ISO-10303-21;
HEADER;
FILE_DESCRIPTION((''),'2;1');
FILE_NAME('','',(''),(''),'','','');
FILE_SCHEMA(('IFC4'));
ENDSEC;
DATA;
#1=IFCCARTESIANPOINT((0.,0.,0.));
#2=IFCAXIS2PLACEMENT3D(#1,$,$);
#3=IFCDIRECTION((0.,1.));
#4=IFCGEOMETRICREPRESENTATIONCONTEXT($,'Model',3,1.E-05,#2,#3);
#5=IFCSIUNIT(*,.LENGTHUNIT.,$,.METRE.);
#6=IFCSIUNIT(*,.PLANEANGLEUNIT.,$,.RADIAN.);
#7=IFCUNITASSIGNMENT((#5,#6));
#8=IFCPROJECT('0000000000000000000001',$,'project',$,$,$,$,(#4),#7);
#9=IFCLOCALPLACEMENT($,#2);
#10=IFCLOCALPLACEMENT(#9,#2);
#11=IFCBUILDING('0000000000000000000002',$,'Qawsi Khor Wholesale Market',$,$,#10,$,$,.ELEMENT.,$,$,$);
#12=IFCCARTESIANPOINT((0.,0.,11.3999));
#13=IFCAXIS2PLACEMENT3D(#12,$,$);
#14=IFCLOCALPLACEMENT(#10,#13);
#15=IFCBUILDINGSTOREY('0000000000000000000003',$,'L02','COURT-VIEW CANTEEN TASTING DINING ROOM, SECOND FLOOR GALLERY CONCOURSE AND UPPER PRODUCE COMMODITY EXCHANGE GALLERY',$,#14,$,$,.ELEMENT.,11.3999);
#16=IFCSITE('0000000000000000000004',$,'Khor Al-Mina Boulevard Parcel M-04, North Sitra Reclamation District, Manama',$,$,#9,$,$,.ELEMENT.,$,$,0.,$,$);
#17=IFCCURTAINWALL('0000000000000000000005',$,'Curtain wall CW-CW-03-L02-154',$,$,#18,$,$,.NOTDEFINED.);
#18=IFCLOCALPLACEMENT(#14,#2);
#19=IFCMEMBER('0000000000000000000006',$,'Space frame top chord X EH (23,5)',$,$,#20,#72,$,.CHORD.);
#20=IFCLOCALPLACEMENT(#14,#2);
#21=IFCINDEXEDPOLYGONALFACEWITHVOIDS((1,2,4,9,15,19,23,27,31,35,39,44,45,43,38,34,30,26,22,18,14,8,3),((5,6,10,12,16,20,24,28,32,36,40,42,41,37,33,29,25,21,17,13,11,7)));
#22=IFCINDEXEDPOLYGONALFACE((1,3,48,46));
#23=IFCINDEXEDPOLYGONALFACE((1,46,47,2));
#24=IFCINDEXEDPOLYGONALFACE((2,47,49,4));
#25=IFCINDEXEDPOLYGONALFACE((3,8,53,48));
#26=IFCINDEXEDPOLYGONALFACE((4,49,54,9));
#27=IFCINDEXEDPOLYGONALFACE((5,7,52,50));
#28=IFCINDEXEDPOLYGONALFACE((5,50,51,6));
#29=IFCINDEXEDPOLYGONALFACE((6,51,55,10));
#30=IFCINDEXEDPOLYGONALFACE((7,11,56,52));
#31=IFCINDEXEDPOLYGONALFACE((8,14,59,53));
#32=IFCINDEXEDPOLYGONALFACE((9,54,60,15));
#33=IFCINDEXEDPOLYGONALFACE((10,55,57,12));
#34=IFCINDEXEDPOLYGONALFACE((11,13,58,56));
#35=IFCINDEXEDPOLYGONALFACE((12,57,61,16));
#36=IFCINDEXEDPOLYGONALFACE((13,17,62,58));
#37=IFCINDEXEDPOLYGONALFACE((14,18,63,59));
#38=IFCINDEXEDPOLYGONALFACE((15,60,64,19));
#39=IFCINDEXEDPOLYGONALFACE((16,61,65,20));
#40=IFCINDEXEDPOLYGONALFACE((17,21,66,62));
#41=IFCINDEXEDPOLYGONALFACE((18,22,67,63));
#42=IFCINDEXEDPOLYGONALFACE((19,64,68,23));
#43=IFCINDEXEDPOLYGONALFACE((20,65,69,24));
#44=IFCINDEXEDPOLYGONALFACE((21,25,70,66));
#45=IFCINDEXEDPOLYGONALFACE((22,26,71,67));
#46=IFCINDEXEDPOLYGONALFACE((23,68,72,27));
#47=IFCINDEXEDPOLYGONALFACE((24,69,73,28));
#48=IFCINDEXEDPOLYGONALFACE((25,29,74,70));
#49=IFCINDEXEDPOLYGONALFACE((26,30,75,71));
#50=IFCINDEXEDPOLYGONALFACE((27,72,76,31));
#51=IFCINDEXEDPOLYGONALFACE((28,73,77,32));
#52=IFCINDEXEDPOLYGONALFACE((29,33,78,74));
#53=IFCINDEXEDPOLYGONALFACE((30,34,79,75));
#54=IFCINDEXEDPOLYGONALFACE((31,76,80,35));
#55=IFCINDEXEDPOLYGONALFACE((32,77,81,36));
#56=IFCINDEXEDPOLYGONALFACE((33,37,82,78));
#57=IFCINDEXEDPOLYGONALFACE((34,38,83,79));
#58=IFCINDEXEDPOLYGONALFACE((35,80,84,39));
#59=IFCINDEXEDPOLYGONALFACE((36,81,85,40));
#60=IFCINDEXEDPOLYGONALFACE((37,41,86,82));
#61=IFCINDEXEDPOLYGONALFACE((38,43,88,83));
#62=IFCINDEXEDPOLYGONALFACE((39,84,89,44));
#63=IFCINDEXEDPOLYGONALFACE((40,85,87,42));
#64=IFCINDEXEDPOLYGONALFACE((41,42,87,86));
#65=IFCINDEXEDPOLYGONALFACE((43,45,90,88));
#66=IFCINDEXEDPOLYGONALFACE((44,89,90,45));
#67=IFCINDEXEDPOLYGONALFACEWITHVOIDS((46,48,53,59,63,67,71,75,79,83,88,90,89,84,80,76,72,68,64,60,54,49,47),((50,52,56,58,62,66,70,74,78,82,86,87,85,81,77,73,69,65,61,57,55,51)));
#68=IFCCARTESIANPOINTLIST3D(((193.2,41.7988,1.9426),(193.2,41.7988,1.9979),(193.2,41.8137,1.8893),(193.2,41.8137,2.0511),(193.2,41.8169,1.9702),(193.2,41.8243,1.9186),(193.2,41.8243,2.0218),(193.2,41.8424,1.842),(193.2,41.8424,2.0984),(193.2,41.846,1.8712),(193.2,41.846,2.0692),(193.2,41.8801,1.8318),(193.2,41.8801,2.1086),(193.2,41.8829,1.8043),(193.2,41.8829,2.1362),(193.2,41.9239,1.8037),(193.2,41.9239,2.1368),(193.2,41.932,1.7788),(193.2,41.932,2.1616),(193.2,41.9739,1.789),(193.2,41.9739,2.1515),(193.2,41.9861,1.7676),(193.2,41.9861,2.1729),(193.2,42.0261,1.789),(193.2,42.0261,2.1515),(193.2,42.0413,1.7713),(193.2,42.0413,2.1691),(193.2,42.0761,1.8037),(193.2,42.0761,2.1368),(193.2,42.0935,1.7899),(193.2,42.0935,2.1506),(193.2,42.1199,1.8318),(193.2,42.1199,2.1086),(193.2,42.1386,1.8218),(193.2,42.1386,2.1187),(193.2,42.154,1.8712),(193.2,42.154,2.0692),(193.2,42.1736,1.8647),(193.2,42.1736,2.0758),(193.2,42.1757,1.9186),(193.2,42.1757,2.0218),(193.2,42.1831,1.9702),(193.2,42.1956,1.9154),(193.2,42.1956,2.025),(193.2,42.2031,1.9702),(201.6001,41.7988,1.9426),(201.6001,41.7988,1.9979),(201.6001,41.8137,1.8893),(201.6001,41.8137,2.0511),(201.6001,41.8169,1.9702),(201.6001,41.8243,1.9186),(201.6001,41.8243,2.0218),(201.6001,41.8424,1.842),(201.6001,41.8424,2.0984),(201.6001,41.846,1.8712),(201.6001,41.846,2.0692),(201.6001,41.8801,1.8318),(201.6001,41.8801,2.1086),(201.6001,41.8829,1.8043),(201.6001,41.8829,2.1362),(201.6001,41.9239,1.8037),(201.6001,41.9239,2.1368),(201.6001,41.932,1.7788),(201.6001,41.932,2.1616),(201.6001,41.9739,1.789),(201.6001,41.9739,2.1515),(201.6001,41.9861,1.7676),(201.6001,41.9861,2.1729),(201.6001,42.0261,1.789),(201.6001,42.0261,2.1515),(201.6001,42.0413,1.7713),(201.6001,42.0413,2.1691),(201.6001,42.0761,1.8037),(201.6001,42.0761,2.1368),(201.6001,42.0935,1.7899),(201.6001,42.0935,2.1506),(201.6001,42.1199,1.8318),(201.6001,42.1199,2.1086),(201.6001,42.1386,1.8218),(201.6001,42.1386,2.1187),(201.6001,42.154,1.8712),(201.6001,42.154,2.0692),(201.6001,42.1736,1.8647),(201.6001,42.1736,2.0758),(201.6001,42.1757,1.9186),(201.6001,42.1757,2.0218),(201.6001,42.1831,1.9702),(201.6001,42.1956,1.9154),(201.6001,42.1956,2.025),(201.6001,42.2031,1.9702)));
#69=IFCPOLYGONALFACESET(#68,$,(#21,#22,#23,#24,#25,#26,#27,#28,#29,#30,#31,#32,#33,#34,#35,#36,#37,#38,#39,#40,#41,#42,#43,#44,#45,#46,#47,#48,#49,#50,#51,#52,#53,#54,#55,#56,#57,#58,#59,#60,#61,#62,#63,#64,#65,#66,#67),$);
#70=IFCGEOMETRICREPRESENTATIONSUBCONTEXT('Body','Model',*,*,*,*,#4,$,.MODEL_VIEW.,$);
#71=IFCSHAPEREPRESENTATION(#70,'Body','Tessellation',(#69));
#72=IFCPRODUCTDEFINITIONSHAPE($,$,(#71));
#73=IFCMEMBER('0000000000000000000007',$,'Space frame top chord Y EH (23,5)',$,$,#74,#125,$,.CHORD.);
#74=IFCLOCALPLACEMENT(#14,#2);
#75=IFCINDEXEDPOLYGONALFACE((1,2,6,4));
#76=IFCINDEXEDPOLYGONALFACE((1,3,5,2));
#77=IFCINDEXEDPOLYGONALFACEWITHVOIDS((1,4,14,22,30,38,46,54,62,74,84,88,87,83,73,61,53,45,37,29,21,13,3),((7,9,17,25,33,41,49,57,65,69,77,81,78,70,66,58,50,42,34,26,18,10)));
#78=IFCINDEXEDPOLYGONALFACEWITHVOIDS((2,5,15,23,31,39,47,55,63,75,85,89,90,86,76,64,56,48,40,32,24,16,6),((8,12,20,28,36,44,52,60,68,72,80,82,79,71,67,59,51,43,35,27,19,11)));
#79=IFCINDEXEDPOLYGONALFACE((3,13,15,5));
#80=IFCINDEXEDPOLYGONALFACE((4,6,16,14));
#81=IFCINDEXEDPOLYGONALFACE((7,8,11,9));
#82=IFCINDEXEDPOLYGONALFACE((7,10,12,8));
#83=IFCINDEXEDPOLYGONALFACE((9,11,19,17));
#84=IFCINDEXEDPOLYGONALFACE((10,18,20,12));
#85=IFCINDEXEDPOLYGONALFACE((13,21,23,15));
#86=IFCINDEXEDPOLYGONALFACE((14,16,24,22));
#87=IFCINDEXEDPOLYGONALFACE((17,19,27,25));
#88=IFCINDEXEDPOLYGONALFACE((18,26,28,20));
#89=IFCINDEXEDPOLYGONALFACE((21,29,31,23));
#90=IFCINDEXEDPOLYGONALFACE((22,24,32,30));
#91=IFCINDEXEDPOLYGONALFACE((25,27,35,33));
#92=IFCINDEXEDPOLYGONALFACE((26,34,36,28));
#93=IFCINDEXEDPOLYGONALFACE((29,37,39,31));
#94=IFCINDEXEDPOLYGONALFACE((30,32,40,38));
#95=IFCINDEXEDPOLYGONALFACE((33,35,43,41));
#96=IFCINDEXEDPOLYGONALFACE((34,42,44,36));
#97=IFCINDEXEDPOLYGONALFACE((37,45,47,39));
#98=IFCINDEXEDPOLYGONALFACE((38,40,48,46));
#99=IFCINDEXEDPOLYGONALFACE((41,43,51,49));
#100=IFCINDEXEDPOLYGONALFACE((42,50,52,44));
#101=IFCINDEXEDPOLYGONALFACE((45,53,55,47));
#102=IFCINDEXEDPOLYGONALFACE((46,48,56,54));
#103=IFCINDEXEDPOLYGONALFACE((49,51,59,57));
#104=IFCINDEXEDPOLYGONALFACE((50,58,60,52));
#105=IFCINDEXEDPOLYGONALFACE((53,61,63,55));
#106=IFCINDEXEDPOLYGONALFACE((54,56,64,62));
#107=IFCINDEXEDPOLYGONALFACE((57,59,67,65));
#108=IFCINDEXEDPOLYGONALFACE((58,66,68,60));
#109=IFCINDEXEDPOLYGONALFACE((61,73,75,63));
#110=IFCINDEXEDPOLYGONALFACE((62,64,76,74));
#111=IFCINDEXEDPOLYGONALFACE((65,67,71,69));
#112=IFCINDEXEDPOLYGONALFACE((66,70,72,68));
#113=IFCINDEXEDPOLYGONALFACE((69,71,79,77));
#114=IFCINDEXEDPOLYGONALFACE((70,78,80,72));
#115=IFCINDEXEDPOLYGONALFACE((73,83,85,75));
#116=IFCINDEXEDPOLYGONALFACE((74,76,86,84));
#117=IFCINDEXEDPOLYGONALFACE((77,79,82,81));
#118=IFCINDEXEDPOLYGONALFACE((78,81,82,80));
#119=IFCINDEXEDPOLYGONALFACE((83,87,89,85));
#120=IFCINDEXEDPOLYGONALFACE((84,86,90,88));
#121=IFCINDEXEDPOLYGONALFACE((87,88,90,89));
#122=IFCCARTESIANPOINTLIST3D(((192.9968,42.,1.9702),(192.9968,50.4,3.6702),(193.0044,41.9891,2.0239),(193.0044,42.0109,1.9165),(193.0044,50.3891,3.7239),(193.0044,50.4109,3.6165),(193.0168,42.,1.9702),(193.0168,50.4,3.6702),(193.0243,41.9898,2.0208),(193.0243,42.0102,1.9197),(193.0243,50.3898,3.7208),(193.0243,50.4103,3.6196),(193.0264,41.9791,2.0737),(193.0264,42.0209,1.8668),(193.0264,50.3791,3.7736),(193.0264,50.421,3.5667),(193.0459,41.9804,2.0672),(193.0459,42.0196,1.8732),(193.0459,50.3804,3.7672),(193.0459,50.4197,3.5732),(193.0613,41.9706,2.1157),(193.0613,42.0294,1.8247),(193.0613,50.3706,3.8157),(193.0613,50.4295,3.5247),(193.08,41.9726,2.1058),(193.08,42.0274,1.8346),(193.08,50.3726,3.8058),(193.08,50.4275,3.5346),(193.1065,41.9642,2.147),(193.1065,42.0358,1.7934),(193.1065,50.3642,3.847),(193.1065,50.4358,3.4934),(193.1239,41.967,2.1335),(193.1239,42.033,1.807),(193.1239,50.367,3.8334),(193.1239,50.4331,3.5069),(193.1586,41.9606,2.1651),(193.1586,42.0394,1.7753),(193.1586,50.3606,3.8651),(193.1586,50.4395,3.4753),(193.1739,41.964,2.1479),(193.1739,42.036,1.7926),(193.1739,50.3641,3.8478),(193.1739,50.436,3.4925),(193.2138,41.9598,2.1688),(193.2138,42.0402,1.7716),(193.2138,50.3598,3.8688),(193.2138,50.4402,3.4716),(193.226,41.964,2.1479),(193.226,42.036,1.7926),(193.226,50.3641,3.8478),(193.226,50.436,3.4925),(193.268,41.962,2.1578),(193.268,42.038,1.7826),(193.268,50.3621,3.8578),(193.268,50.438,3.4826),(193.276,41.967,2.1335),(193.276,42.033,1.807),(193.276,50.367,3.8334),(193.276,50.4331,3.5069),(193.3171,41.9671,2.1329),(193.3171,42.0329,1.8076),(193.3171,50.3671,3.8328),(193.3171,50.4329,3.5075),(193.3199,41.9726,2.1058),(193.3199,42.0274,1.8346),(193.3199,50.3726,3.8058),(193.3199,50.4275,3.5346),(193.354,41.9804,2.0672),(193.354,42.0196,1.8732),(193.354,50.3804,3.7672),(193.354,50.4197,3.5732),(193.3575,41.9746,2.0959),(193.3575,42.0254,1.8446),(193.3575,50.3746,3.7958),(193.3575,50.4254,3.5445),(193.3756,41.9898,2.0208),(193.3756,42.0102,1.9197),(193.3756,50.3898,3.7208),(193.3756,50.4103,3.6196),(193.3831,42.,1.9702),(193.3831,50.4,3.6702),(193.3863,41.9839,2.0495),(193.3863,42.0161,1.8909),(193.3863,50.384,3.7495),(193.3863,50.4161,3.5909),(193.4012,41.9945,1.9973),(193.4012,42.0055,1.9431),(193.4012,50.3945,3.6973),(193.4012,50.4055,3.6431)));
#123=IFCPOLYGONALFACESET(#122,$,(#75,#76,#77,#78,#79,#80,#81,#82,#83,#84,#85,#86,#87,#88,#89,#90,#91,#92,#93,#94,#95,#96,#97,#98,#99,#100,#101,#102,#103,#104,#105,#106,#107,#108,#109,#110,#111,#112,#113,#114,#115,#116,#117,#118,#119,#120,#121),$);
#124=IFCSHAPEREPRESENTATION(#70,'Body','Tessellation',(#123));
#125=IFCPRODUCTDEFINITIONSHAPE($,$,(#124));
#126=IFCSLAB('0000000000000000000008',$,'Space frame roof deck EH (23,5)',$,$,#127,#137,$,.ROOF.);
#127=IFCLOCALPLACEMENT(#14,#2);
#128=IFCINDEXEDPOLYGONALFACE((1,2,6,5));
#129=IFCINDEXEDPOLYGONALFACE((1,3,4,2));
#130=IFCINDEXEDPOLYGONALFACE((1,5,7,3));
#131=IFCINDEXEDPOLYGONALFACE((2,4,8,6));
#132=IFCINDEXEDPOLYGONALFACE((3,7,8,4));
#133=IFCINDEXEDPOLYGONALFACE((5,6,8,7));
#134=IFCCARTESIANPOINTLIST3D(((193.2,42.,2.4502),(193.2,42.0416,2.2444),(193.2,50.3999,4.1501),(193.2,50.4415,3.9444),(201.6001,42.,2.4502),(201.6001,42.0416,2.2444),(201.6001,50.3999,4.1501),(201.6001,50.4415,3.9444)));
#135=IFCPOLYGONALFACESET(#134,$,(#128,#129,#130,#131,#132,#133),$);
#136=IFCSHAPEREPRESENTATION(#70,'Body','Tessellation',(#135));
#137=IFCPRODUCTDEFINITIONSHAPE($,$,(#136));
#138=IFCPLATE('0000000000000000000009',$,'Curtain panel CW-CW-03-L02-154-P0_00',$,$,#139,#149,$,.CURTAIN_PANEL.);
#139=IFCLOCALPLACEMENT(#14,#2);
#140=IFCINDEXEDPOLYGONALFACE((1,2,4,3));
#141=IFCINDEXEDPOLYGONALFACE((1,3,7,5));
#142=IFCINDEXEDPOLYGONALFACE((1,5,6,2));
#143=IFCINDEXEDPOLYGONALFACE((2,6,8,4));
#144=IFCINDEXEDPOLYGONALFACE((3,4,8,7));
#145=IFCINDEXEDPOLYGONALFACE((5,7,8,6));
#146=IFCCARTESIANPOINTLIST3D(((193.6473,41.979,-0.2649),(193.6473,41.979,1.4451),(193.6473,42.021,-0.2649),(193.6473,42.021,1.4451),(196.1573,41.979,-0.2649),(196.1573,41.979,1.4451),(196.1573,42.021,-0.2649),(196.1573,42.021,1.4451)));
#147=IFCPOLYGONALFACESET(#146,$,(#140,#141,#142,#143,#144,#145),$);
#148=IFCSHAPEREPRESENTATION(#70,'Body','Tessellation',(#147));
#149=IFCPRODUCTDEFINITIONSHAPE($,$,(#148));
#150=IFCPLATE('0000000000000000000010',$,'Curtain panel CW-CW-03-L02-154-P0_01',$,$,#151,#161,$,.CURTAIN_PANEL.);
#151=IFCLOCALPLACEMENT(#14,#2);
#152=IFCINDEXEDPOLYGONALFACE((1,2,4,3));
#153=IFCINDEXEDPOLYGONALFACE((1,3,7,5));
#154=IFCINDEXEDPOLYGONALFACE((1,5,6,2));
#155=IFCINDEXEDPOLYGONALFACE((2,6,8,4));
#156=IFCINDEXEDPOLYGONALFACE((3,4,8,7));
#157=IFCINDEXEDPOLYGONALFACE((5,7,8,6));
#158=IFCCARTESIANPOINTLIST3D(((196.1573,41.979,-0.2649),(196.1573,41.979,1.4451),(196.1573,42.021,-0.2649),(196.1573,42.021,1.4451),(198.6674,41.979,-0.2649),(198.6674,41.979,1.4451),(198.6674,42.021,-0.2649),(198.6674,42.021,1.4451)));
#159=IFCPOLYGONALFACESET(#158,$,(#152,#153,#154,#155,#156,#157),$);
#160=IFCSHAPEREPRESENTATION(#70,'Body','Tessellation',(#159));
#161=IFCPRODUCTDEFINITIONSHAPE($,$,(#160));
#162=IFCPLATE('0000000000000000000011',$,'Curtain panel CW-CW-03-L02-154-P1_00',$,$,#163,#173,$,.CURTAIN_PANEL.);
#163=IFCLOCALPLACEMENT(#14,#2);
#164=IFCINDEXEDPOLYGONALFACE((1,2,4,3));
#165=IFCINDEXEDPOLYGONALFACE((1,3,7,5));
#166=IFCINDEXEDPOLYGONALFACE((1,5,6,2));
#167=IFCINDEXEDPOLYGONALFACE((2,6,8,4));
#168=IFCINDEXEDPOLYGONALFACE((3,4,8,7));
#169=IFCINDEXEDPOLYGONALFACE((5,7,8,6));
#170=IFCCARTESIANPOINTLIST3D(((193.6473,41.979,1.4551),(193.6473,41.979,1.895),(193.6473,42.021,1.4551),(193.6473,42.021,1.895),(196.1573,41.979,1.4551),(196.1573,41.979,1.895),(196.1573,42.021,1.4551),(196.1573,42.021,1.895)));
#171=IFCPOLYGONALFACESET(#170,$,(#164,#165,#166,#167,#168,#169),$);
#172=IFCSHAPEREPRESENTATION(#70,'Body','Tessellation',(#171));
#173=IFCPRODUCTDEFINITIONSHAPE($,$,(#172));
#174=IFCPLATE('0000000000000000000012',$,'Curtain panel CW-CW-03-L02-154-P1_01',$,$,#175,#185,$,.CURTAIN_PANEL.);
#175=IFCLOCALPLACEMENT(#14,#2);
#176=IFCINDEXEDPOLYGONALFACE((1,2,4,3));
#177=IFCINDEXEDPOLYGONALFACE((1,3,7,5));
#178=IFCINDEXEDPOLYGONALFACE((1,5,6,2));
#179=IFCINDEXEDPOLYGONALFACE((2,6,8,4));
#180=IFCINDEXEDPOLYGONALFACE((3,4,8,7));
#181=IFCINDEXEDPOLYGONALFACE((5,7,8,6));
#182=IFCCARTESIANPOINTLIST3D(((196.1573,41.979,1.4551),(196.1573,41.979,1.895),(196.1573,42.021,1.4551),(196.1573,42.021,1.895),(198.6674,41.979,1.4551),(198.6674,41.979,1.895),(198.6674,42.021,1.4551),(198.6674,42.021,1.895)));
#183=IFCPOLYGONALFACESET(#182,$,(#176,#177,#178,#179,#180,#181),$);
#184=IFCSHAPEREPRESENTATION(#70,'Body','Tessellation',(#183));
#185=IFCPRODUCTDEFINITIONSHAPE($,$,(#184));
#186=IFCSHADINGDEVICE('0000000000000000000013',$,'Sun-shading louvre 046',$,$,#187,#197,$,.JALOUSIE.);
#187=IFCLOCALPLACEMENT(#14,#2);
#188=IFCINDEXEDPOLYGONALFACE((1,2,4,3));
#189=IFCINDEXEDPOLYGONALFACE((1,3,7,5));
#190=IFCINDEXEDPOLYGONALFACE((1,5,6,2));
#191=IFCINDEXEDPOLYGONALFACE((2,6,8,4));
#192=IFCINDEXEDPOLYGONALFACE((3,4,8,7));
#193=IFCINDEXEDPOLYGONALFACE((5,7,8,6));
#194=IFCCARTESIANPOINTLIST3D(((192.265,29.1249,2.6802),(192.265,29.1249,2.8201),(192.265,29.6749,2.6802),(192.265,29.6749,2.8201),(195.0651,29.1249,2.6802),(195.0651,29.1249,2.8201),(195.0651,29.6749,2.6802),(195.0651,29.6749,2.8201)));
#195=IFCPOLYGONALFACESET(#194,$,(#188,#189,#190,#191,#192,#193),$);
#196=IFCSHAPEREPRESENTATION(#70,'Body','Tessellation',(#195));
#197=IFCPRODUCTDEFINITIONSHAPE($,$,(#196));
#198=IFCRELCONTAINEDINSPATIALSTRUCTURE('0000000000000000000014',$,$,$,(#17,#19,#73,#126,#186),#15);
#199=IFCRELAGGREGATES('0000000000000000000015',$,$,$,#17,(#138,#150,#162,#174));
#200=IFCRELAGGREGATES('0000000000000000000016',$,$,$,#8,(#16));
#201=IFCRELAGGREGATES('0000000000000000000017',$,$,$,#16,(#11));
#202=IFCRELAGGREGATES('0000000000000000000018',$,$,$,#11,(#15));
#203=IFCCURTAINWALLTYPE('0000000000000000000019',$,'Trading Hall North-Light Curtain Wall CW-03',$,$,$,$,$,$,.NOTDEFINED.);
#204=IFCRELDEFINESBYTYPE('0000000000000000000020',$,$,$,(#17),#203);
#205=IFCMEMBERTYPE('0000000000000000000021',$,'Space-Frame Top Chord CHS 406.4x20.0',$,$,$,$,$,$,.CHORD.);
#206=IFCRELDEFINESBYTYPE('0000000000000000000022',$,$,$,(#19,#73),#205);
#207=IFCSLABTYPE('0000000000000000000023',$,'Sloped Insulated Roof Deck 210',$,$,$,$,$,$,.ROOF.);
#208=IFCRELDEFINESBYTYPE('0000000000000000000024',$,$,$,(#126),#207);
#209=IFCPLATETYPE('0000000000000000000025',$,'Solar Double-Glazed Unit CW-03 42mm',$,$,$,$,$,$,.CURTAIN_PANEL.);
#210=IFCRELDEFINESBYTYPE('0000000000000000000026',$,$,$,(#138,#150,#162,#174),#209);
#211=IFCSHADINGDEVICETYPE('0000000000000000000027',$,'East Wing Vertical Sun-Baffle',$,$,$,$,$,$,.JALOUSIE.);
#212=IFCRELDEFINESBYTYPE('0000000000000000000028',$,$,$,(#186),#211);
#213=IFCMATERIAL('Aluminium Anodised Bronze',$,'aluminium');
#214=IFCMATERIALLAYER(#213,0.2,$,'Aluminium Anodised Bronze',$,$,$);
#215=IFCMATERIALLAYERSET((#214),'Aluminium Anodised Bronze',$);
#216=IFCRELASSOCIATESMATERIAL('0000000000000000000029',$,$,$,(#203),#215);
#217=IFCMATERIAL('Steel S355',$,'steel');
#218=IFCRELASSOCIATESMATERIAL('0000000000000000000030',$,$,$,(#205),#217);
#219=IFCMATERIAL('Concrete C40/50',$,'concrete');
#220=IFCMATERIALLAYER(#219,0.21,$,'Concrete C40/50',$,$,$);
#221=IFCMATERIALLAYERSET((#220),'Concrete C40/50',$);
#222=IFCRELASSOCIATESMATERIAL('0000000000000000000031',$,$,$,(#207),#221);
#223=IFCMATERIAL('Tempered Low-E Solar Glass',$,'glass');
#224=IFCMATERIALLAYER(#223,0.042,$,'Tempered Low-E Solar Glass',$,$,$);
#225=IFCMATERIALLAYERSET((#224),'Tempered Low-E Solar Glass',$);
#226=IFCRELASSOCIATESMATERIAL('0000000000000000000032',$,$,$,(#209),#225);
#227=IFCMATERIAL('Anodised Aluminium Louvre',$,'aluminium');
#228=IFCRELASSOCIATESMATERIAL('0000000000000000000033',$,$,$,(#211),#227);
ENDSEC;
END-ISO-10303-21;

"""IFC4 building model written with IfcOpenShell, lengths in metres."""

from ifc_helpers import new_model, si_unit, direction, frame, frame_2d, origin, origin_2d, place, context, subcontext, project, spatial, polyline, rectangle, hollow_circle, outline, extrude, material, layer, layer_set, material_profile, profile_set, type_object, element, aggregate, save


model = new_model("IFC4")

# Units and contexts
model_context = context("Model", 3, precision=1e-05, world=origin(), true_north=direction((0.0, 1.0)))
body_context = subcontext(model_context, "Body", "Model", "MODEL_VIEW")
ifc_project = project(units=[si_unit("LENGTHUNIT", "METRE"), si_unit("PLANEANGLEUNIT", "RADIAN")], contexts=[model_context])

# Site, building, storey
site_placement = place(None, origin())
site = spatial("IfcSite", under=ifc_project, at=site_placement, Name="Khor Al-Mina Boulevard Parcel M-04, North Sitra Reclamation District, Manama", CompositionType="ELEMENT", RefElevation=0.0)
building_placement = place(site_placement, origin())
building = spatial("IfcBuilding", under=site, at=building_placement, Name="Qawsi Khor Wholesale Market", CompositionType="ELEMENT")
storey_placement = place(building_placement, frame((0.0, 0.0, 11.3999)))
storey = spatial("IfcBuildingStorey", under=building, at=storey_placement, Name="L02", Description="COURT-VIEW CANTEEN TASTING DINING ROOM, SECOND FLOOR GALLERY CONCOURSE AND UPPER PRODUCE COMMODITY EXCHANGE GALLERY", CompositionType="ELEMENT", Elevation=11.3999)

# Curtain wall
ifc_material_1 = material(Name="Aluminium Anodised Bronze", Category="aluminium")
ifc_layer_1 = layer(ifc_material_1, 0.2, Name="Aluminium Anodised Bronze")
ifc_layer_set_1 = layer_set([ifc_layer_1], Name="Aluminium Anodised Bronze")
curtain_wall_type = type_object("IfcCurtainWallType", Name="Trading Hall North-Light Curtain Wall CW-03", PredefinedType="NOTDEFINED", material=ifc_layer_set_1)
curtain_wall_placement = place(storey_placement, origin())
curtain_wall = element("IfcCurtainWall", 1, at=curtain_wall_placement, inside=storey, type_object=curtain_wall_type, Name="Curtain wall CW-CW-03-L02-154", PredefinedType="NOTDEFINED")

# Members
ifc_material_2 = material(Name="Steel S355", Category="steel")
ifc_material_profile_1 = material_profile(ifc_material_2, hollow_circle(Radius=0.2031, WallThickness=0.02, at=origin_2d()), Name="CHS 406.4x20.0")
ifc_profile_set_1 = profile_set([ifc_material_profile_1], Name="Steel S355")
member_type_1 = type_object("IfcMemberType", Name="Space-Frame Top Chord CHS 406.4x20.0", PredefinedType="CHORD", material=ifc_profile_set_1)
member_1_placement = place(storey_placement, frame((193.2, 42.0, 1.9702), z_axis=(1.0, 0.0, 0.0), x_axis=(0.0, 1.0, 0.0)))
element("IfcMember", 2, at=member_1_placement, inside=storey, type_object=member_type_1, Name="Space frame top chord X EH (23,5)", PredefinedType="CHORD", context=body_context, shape_type="SweptSolid", body=[
    extrude(hollow_circle(Radius=0.2031, WallThickness=0.02, at=origin_2d()), origin(), (0.0, 0.0, 1.0), 8.4001),
])
member_2_placement = place(storey_placement, frame((193.2, 42.0, 1.9702), z_axis=(0.0, 0.98013, 0.198356), x_axis=(-1.0, 0.0, 0.0)))
element("IfcMember", 3, at=member_2_placement, inside=storey, type_object=member_type_1, Name="Space frame top chord Y EH (23,5)", PredefinedType="CHORD", context=body_context, shape_type="SweptSolid", body=[
    extrude(hollow_circle(Radius=0.2031, WallThickness=0.02, at=origin_2d()), origin(), (0.0, 0.0, 1.0), 8.5703),
])

# Slab
ifc_material_3 = material(Name="Concrete C40/50", Category="concrete")
ifc_layer_2 = layer(ifc_material_3, 0.21, Name="Concrete C40/50")
ifc_layer_set_2 = layer_set([ifc_layer_2], Name="Concrete C40/50")
slab_type = type_object("IfcSlabType", Name="Sloped Insulated Roof Deck 210", PredefinedType="ROOF", material=ifc_layer_set_2)
slab_placement = place(storey_placement, frame((193.2, 42.0, 2.4502), z_axis=(0.0, -0.198356, 0.98013), x_axis=(1.0, 0.0, 0.0)))
element("IfcSlab", 4, at=slab_placement, inside=storey, type_object=slab_type, Name="Space frame roof deck EH (23,5)", PredefinedType="ROOF", context=body_context, shape_type="SweptSolid", body=[
    extrude(outline(polyline([(0.0, 0.0), (8.4001, 0.0), (8.4001, 8.5702), (0.0, 8.5702), (0.0, 0.0)])), origin(), (0.0, 0.0, -1.0), 0.21),
])

# Plates
ifc_material_4 = material(Name="Tempered Low-E Solar Glass", Category="glass")
ifc_layer_3 = layer(ifc_material_4, 0.042, Name="Tempered Low-E Solar Glass")
ifc_layer_set_3 = layer_set([ifc_layer_3], Name="Tempered Low-E Solar Glass")
plate_type = type_object("IfcPlateType", Name="Solar Double-Glazed Unit CW-03 42mm", PredefinedType="CURTAIN_PANEL", material=ifc_layer_set_3)
plate_1_placement = place(storey_placement, frame((193.6475, 42.0, -0.2649), z_axis=(0.0, 0.0, 1.0), x_axis=(1.0, 0.0, 0.0)))
plate_1 = element("IfcPlate", 5, at=plate_1_placement, type_object=plate_type, Name="Curtain panel CW-CW-03-L02-154-P0_00", PredefinedType="CURTAIN_PANEL", context=body_context, shape_type="SweptSolid", body=[
    extrude(rectangle(XDim=2.51, YDim=0.042, at=frame_2d((1.2549, 0.0))), origin(), (0.0, 0.0, 1.0), 1.71),
])
plate_2_placement = place(storey_placement, frame((196.1575, 42.0, -0.2649), z_axis=(0.0, 0.0, 1.0), x_axis=(1.0, 0.0, 0.0)))
plate_2 = element("IfcPlate", 6, at=plate_2_placement, type_object=plate_type, Name="Curtain panel CW-CW-03-L02-154-P0_01", PredefinedType="CURTAIN_PANEL", context=body_context, shape_type="SweptSolid", body=[
    extrude(rectangle(XDim=2.51, YDim=0.042, at=frame_2d((1.2549, 0.0))), origin(), (0.0, 0.0, 1.0), 1.71),
])
plate_3_placement = place(storey_placement, frame((193.6475, 42.0, 1.4551), z_axis=(0.0, 0.0, 1.0), x_axis=(1.0, 0.0, 0.0)))
plate_3 = element("IfcPlate", 7, at=plate_3_placement, type_object=plate_type, Name="Curtain panel CW-CW-03-L02-154-P1_00", PredefinedType="CURTAIN_PANEL", context=body_context, shape_type="SweptSolid", body=[
    extrude(rectangle(XDim=2.51, YDim=0.042, at=frame_2d((1.2549, 0.0))), origin(), (0.0, 0.0, 1.0), 0.4399),
])
plate_4_placement = place(storey_placement, frame((196.1575, 42.0, 1.4551), z_axis=(0.0, 0.0, 1.0), x_axis=(1.0, 0.0, 0.0)))
plate_4 = element("IfcPlate", 8, at=plate_4_placement, type_object=plate_type, Name="Curtain panel CW-CW-03-L02-154-P1_01", PredefinedType="CURTAIN_PANEL", context=body_context, shape_type="SweptSolid", body=[
    extrude(rectangle(XDim=2.51, YDim=0.042, at=frame_2d((1.2549, 0.0))), origin(), (0.0, 0.0, 1.0), 0.4399),
])
aggregate(curtain_wall, [plate_1, plate_2, plate_3, plate_4])

# Shading device
ifc_material_5 = material(Name="Anodised Aluminium Louvre", Category="aluminium")
shading_device_type = type_object("IfcShadingDeviceType", Name="East Wing Vertical Sun-Baffle", PredefinedType="JALOUSIE", material=ifc_material_5)
for number, where, z_axis, x_axis, name in (
    (9, (193.665, 29.3999, 2.6802), (0.0, 0.0, 1.0), (1.0, 0.0, 0.0), "Sun-shading louvre 046"),
):
    element("IfcShadingDevice", number, at=place(storey_placement, frame(where, z_axis=z_axis, x_axis=x_axis)), inside=storey, type_object=shading_device_type, Name=name, PredefinedType="JALOUSIE", context=body_context, shape_type="SweptSolid", body=[
        extrude(rectangle(XDim=2.8, YDim=0.55, at=origin_2d()), origin(), (0.0, 0.0, 1.0), 0.1399),
    ])

save(model, "model.ifc")
